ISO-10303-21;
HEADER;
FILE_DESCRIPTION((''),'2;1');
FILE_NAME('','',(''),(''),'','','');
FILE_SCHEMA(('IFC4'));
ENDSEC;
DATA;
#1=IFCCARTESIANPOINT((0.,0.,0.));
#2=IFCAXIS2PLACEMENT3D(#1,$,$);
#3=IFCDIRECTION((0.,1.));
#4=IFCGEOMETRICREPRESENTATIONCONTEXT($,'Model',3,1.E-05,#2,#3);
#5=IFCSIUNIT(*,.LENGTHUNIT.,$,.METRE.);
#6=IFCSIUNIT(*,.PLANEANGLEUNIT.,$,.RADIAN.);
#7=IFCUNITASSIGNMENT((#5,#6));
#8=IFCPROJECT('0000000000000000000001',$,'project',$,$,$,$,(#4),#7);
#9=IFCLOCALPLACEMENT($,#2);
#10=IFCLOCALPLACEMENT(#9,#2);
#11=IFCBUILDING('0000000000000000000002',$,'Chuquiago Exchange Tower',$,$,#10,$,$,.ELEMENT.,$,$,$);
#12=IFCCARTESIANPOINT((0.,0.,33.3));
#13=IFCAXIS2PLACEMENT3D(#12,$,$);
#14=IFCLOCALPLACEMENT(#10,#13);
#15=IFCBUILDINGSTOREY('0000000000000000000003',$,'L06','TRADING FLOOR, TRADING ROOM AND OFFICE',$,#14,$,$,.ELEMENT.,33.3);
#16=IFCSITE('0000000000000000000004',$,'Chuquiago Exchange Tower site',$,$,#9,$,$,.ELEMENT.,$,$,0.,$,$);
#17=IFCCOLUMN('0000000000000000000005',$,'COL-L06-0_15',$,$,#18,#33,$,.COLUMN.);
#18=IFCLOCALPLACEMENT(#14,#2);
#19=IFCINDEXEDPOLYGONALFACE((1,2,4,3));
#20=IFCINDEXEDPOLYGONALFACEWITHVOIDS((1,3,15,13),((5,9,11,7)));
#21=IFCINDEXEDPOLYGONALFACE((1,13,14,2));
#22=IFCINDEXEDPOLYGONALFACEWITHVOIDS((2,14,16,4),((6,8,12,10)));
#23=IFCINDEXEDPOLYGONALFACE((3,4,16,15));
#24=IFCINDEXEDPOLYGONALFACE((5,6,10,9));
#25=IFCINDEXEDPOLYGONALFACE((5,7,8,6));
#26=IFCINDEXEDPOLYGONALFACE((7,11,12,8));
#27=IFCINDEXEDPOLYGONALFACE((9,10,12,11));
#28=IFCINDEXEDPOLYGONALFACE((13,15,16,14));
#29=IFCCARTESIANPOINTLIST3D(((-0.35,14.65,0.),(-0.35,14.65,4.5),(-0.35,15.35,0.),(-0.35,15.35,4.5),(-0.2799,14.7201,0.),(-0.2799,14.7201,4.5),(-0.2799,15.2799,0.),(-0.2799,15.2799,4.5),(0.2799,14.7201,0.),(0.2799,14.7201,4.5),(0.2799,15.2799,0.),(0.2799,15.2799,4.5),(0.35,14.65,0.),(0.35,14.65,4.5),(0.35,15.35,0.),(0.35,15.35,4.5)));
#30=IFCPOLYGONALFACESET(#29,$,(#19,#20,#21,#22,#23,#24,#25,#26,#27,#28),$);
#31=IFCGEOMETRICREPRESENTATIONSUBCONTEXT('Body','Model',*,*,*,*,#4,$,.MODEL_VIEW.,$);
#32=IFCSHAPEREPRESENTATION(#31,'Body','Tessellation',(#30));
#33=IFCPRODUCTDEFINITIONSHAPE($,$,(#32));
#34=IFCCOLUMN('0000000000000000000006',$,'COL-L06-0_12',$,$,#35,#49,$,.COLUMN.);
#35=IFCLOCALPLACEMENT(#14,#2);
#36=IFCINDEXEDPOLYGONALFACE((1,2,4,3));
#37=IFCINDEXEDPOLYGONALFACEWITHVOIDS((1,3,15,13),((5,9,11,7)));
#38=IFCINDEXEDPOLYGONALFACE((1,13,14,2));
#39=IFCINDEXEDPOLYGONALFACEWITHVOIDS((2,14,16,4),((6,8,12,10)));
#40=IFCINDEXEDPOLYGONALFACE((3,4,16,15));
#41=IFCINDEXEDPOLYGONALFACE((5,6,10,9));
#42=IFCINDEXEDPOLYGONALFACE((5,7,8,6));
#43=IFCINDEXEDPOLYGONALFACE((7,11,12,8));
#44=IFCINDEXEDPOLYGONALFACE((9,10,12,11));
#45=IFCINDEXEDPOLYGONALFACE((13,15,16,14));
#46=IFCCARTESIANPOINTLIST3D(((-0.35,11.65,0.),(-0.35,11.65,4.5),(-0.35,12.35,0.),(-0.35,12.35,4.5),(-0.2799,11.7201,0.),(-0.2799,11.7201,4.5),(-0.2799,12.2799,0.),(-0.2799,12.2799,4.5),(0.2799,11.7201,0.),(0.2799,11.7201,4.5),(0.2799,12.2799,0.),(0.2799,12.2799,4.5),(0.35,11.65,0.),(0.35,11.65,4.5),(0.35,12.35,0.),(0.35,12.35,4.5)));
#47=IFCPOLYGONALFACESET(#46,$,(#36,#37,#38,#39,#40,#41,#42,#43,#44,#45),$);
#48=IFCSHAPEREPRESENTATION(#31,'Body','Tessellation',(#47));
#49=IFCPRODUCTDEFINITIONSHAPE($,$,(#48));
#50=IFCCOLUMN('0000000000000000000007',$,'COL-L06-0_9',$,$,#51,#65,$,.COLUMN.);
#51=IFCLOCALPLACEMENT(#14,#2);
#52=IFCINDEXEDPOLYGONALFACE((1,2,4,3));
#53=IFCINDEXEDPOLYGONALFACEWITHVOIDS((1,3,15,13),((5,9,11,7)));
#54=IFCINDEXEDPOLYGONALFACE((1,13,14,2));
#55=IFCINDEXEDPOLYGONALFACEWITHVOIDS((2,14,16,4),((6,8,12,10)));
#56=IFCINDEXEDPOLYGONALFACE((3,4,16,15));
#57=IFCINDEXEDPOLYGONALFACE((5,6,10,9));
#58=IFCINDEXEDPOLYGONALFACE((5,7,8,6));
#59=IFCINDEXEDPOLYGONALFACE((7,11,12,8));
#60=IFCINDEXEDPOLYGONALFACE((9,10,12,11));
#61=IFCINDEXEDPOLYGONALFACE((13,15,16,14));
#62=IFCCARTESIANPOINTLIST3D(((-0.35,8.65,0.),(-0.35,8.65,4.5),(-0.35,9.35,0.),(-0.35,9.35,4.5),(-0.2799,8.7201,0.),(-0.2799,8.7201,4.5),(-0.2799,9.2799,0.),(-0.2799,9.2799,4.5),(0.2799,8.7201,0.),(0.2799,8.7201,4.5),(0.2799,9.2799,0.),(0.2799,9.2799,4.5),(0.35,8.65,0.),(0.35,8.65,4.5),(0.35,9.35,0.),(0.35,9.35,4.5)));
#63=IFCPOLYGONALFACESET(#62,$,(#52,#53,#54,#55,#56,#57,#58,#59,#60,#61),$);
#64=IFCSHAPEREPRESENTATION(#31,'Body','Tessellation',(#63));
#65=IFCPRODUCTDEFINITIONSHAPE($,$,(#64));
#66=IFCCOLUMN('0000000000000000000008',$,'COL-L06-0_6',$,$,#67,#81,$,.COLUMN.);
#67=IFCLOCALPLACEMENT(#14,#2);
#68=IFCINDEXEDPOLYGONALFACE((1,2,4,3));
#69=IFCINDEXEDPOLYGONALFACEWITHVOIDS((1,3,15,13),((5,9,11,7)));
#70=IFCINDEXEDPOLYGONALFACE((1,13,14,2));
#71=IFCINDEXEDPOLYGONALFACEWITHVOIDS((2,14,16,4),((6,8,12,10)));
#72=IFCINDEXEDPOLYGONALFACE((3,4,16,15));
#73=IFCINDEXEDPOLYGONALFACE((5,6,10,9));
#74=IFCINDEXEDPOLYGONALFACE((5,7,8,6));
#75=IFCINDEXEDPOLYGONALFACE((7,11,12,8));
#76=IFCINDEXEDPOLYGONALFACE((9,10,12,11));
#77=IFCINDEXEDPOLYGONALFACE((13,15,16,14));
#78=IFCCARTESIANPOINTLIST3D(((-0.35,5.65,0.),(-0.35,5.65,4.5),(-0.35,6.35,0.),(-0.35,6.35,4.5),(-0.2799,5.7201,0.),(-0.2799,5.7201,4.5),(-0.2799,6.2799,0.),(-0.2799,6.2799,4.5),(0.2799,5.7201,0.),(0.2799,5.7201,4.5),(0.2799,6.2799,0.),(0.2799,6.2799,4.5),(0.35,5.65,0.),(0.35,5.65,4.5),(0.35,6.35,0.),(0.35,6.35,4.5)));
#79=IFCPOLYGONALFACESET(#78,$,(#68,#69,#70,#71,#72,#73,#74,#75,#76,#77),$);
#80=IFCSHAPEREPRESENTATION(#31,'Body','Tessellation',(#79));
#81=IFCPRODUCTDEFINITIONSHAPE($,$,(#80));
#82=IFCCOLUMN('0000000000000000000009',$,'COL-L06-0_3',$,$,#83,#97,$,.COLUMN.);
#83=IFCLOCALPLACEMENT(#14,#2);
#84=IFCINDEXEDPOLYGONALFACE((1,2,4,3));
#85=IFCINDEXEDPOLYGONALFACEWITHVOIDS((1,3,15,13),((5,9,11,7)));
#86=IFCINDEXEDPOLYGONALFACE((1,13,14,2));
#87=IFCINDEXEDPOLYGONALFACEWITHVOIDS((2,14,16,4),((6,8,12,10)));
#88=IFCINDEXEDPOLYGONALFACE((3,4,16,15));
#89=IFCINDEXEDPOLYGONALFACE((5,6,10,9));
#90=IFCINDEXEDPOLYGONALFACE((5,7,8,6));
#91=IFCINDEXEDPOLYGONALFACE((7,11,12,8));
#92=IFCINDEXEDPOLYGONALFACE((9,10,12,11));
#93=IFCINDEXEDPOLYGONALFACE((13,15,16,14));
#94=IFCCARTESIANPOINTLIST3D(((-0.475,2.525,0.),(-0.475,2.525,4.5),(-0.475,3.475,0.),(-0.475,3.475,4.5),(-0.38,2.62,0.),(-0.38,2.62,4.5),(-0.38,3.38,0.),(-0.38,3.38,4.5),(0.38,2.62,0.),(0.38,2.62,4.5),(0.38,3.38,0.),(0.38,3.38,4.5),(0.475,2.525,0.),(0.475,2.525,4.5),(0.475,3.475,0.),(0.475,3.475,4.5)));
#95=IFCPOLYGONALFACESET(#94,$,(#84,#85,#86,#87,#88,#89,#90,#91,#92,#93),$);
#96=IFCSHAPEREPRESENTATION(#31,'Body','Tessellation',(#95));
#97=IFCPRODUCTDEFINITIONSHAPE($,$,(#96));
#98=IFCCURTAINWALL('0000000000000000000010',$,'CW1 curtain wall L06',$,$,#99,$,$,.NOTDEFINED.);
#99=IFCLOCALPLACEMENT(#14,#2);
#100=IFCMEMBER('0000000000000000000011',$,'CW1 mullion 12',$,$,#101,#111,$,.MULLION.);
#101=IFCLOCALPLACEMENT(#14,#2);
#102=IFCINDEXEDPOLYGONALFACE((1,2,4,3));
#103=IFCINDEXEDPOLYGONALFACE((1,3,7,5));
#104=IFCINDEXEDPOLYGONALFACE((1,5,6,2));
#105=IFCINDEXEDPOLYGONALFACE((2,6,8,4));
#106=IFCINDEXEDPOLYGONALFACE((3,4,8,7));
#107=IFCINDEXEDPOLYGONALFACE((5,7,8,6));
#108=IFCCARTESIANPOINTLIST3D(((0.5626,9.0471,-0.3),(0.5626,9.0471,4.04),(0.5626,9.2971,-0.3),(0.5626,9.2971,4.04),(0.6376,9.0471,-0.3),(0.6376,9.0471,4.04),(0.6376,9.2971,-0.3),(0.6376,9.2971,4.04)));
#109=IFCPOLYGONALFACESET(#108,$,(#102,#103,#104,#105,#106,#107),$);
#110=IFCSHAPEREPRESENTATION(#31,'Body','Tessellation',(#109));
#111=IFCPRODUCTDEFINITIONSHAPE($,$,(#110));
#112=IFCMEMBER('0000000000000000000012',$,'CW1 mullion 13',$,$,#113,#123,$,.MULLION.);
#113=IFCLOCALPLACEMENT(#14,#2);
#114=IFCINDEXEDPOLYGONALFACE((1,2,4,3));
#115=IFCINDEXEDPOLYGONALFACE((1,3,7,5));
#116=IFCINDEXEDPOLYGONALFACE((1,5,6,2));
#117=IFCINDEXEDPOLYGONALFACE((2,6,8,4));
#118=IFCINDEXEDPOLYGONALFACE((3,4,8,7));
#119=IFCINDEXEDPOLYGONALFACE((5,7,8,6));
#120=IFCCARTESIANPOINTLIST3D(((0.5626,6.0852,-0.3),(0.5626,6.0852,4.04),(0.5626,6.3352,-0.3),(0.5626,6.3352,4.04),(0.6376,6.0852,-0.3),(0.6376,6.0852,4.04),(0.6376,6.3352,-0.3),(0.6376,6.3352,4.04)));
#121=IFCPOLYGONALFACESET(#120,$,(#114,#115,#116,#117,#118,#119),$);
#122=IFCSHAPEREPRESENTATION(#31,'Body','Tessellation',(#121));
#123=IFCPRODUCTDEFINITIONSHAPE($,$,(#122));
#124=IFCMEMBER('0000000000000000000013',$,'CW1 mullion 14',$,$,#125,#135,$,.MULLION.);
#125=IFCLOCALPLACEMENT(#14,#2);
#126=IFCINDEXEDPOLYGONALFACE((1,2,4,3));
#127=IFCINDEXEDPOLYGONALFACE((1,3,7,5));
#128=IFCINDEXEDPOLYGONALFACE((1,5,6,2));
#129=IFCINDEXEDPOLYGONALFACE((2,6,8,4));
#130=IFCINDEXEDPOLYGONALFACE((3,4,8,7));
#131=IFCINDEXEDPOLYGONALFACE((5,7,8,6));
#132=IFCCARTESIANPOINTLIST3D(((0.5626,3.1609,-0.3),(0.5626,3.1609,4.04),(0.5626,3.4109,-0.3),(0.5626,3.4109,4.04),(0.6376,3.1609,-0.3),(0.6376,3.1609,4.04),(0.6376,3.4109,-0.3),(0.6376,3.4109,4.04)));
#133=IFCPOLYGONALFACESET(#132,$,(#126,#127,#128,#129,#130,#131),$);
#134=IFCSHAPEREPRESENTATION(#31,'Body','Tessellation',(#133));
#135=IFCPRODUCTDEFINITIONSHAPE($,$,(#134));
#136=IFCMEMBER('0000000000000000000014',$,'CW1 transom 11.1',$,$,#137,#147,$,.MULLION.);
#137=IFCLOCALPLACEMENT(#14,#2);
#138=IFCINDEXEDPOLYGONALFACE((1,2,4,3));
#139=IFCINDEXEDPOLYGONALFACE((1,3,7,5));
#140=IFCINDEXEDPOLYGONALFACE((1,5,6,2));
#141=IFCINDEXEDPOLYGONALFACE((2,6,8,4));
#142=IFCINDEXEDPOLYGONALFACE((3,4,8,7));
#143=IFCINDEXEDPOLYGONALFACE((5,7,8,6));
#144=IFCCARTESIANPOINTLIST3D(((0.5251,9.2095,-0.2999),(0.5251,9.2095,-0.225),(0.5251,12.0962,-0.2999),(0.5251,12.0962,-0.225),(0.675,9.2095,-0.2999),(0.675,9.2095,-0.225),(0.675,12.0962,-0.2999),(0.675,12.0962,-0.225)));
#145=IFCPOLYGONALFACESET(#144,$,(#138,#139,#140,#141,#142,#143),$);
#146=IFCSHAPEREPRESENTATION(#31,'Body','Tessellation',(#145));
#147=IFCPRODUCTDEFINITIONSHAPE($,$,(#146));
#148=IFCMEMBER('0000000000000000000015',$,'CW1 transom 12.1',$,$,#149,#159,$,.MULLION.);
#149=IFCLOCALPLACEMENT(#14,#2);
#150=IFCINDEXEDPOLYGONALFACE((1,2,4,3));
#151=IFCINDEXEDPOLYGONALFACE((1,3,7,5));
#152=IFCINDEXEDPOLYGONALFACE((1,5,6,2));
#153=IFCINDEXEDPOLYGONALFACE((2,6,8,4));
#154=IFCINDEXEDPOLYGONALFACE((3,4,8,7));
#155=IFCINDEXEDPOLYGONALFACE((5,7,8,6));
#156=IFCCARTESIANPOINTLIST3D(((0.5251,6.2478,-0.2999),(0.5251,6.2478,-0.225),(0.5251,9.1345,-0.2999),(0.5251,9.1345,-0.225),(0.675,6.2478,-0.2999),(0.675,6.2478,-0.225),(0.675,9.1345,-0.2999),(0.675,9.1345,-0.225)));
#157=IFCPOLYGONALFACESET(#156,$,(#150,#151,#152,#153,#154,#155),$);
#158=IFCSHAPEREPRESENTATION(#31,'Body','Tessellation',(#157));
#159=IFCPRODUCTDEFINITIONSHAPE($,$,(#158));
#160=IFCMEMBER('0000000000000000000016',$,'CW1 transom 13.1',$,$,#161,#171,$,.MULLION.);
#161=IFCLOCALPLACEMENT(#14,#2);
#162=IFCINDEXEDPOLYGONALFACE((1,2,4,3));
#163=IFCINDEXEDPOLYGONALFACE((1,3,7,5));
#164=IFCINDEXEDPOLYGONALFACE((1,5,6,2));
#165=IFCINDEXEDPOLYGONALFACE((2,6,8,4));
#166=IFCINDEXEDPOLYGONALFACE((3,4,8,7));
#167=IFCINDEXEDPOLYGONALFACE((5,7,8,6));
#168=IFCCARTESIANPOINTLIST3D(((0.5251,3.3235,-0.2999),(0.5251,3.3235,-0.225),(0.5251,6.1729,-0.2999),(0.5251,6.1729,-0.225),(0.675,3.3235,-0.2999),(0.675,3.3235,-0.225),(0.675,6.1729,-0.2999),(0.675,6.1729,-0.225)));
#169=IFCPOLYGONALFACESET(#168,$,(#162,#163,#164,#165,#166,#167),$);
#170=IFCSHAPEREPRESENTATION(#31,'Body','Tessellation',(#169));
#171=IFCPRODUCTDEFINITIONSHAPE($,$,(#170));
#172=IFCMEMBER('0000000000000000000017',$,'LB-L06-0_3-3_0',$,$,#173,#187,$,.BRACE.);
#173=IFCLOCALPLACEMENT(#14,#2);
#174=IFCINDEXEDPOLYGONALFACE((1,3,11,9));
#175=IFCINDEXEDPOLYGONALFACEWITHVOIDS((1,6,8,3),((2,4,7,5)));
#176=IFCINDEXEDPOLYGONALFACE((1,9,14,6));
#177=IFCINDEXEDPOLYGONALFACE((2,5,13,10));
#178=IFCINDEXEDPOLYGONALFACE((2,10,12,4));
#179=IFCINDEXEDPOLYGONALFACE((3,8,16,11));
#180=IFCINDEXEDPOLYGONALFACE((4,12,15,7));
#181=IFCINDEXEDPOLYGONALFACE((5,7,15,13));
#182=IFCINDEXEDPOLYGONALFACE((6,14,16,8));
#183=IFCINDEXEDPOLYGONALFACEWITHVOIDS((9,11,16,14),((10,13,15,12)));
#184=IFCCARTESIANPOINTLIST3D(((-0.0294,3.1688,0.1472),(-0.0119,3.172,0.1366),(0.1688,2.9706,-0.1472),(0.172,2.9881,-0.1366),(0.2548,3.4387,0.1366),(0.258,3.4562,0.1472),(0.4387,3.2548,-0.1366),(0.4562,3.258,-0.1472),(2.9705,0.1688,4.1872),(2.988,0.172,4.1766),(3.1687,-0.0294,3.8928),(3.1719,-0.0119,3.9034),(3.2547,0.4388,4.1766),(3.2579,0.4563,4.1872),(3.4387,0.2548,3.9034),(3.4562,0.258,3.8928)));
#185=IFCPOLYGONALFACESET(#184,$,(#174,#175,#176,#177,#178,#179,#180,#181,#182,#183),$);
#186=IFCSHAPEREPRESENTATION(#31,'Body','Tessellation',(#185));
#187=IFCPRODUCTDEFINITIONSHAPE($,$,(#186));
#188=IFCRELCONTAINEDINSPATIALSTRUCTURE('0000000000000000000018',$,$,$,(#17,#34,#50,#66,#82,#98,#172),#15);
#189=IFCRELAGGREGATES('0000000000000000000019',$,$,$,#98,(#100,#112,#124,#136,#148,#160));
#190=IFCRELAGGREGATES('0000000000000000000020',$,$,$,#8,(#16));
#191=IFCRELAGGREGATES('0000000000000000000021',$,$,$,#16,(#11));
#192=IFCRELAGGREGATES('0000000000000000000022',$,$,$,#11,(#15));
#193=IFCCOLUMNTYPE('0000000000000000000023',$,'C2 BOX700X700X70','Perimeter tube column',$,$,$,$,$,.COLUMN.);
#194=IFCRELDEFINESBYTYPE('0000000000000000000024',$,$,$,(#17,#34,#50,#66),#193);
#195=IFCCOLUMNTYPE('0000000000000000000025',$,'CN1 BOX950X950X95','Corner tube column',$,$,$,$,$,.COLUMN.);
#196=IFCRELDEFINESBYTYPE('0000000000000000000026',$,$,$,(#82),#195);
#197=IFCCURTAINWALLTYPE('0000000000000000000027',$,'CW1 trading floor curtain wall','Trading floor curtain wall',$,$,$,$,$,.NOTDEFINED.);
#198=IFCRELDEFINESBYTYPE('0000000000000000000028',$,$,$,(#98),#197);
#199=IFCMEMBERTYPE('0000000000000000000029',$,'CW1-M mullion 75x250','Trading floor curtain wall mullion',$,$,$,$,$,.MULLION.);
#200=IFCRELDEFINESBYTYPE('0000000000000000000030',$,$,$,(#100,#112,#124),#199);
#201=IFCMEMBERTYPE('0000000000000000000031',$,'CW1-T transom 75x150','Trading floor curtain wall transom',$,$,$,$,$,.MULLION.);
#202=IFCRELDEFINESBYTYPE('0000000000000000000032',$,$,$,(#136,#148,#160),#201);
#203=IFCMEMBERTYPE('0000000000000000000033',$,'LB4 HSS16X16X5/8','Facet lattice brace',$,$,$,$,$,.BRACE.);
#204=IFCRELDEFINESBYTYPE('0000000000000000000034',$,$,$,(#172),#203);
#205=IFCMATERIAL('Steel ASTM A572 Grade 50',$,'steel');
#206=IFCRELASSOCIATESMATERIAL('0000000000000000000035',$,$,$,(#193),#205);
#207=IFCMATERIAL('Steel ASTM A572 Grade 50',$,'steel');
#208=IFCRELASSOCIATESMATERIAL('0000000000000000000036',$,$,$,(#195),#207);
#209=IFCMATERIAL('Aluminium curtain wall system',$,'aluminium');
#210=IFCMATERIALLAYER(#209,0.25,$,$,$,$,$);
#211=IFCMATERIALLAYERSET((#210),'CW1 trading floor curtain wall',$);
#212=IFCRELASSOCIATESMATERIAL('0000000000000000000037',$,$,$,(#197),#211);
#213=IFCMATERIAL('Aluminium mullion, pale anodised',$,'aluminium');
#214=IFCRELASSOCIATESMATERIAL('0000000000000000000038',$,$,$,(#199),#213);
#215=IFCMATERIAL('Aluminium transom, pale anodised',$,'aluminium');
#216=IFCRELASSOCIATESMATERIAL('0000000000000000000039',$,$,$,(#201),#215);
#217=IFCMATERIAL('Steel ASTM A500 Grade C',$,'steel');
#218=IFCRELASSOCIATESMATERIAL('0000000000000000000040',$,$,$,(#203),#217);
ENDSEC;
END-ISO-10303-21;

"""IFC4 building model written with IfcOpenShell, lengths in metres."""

from ifc_helpers import new_model, si_unit, direction, frame, origin, origin_2d, place, context, subcontext, project, spatial, rectangle, hollow_rectangle, extrude, material, layer, layer_set, material_profile, profile_set, type_object, element, aggregate, save


model = new_model("IFC4")

# Units and contexts
model_context = context("Model", 3, precision=1e-05, world=origin(), true_north=direction((0.0, 1.0)))
body_context = subcontext(model_context, "Body", "Model", "MODEL_VIEW")
ifc_project = project(units=[si_unit("LENGTHUNIT", "METRE"), si_unit("PLANEANGLEUNIT", "RADIAN")], contexts=[model_context])

# Site, building, storey
site_placement = place(None, origin())
site = spatial("IfcSite", under=ifc_project, at=site_placement, Name="Chuquiago Exchange Tower site", CompositionType="ELEMENT", RefElevation=0.0)
building_placement = place(site_placement, origin())
building = spatial("IfcBuilding", under=site, at=building_placement, Name="Chuquiago Exchange Tower", CompositionType="ELEMENT")
storey_placement = place(building_placement, frame((0.0, 0.0, 33.3)))
storey = spatial("IfcBuildingStorey", under=building, at=storey_placement, Name="L06", Description="TRADING FLOOR, TRADING ROOM AND OFFICE", CompositionType="ELEMENT", Elevation=33.3)

# Columns
ifc_material_1 = material(Name="Steel ASTM A572 Grade 50", Category="steel")
ifc_material_profile_1 = material_profile(ifc_material_1, hollow_rectangle(XDim=0.7, YDim=0.7, WallThickness=0.0701, at=origin_2d()), Name="BOX700X700X70")
ifc_profile_set_1 = profile_set([ifc_material_profile_1], Name="Steel ASTM A572 Grade 50")
column_type_1 = type_object("IfcColumnType", Name="C2 BOX700X700X70", Description="Perimeter tube column", PredefinedType="COLUMN", material=ifc_profile_set_1)
for number, where, z_axis, x_axis, name in (
    (1, (0.0, 15.0, 0.0), (0.0, 0.0, 1.0), (-1.0, 0.0, 0.0), "COL-L06-0_15"),
    (2, (0.0, 12.0, 0.0), (0.0, 0.0, 1.0), (-1.0, 0.0, 0.0), "COL-L06-0_12"),
    (3, (0.0, 9.0, 0.0), (0.0, 0.0, 1.0), (-1.0, 0.0, 0.0), "COL-L06-0_9"),
    (4, (0.0, 6.0, 0.0), (0.0, 0.0, 1.0), (-1.0, 0.0, 0.0), "COL-L06-0_6"),
):
    element("IfcColumn", number, at=place(storey_placement, frame(where, z_axis=z_axis, x_axis=x_axis)), inside=storey, type_object=column_type_1, Name=name, PredefinedType="COLUMN", context=body_context, shape_type="SweptSolid", body=[
        extrude(hollow_rectangle(XDim=0.7, YDim=0.7, WallThickness=0.0701, at=origin_2d()), origin(), (0.0, 0.0, 1.0), 4.5),
    ])
ifc_material_2 = material(Name="Steel ASTM A572 Grade 50", Category="steel")
ifc_material_profile_2 = material_profile(ifc_material_2, hollow_rectangle(XDim=0.95, YDim=0.95, WallThickness=0.095, at=origin_2d()), Name="BOX950X950X95")
ifc_profile_set_2 = profile_set([ifc_material_profile_2], Name="Steel ASTM A572 Grade 50")
column_type_2 = type_object("IfcColumnType", Name="CN1 BOX950X950X95", Description="Corner tube column", PredefinedType="COLUMN", material=ifc_profile_set_2)
column_placement = place(storey_placement, frame((0.0, 3.0, 0.0), z_axis=(0.0, 0.0, 1.0), x_axis=(-1.0, 0.0, 0.0)))
element("IfcColumn", 5, at=column_placement, inside=storey, type_object=column_type_2, Name="COL-L06-0_3", PredefinedType="COLUMN", context=body_context, shape_type="SweptSolid", body=[
    extrude(hollow_rectangle(XDim=0.95, YDim=0.95, WallThickness=0.095, at=origin_2d()), origin(), (0.0, 0.0, 1.0), 4.5),
])

# Curtain wall, members
ifc_material_3 = material(Name="Aluminium curtain wall system", Category="aluminium")
ifc_layer_1 = layer(ifc_material_3, 0.25)
ifc_layer_set_1 = layer_set([ifc_layer_1], Name="CW1 trading floor curtain wall")
curtain_wall_type = type_object("IfcCurtainWallType", Name="CW1 trading floor curtain wall", Description="Trading floor curtain wall", PredefinedType="NOTDEFINED", material=ifc_layer_set_1)
curtain_wall_placement = place(storey_placement, origin())
curtain_wall = element("IfcCurtainWall", 6, at=curtain_wall_placement, inside=storey, type_object=curtain_wall_type, Name="CW1 curtain wall L06", PredefinedType="NOTDEFINED")
ifc_material_4 = material(Name="Aluminium mullion, pale anodised", Category="aluminium")
ifc_material_profile_3 = material_profile(ifc_material_4, rectangle(XDim=0.075, YDim=0.25, at=origin_2d()), Name="AL 75x250")
ifc_profile_set_3 = profile_set([ifc_material_profile_3], Name="Aluminium mullion, pale anodised")
member_type_1 = type_object("IfcMemberType", Name="CW1-M mullion 75x250", Description="Trading floor curtain wall mullion", PredefinedType="MULLION", material=ifc_profile_set_3)
member_1_placement = place(storey_placement, frame((0.6001, 9.1721, -0.3), z_axis=(0.0, 0.0, 1.0), x_axis=(1.0, 0.0, 0.0)))
member_1 = element("IfcMember", 7, at=member_1_placement, type_object=member_type_1, Name="CW1 mullion 12", PredefinedType="MULLION", context=body_context, shape_type="SweptSolid", body=[
    extrude(rectangle(XDim=0.075, YDim=0.25, at=origin_2d()), origin(), (0.0, 0.0, 1.0), 4.3401),
])
member_2_placement = place(storey_placement, frame((0.6001, 6.2102, -0.3), z_axis=(0.0, 0.0, 1.0), x_axis=(1.0, 0.0, 0.0)))
member_2 = element("IfcMember", 8, at=member_2_placement, type_object=member_type_1, Name="CW1 mullion 13", PredefinedType="MULLION", context=body_context, shape_type="SweptSolid", body=[
    extrude(rectangle(XDim=0.075, YDim=0.25, at=origin_2d()), origin(), (0.0, 0.0, 1.0), 4.3401),
])
member_3_placement = place(storey_placement, frame((0.6001, 3.2859, -0.3), z_axis=(0.0, 0.0, 1.0), x_axis=(1.0, 0.0, 0.0)))
member_3 = element("IfcMember", 9, at=member_3_placement, type_object=member_type_1, Name="CW1 mullion 14", PredefinedType="MULLION", context=body_context, shape_type="SweptSolid", body=[
    extrude(rectangle(XDim=0.075, YDim=0.25, at=origin_2d()), origin(), (0.0, 0.0, 1.0), 4.3401),
])
ifc_material_5 = material(Name="Aluminium transom, pale anodised", Category="aluminium")
ifc_material_profile_4 = material_profile(ifc_material_5, rectangle(XDim=0.1499, YDim=0.075, at=origin_2d()), Name="AL 150x75")
ifc_profile_set_4 = profile_set([ifc_material_profile_4], Name="Aluminium transom, pale anodised")
member_type_2 = type_object("IfcMemberType", Name="CW1-T transom 75x150", Description="Trading floor curtain wall transom", PredefinedType="MULLION", material=ifc_profile_set_4)
member_4_placement = place(storey_placement, frame((0.6001, 12.0962, -0.2625), z_axis=(0.0, -1.0, 0.0), x_axis=(1.0, 0.0, 0.0)))
member_4 = element("IfcMember", 10, at=member_4_placement, type_object=member_type_2, Name="CW1 transom 11.1", PredefinedType="MULLION", context=body_context, shape_type="SweptSolid", body=[
    extrude(rectangle(XDim=0.1499, YDim=0.075, at=origin_2d()), origin(), (0.0, 0.0, 1.0), 2.8867),
])
member_5_placement = place(storey_placement, frame((0.6001, 9.1345, -0.2625), z_axis=(0.0, -1.0, 0.0), x_axis=(1.0, 0.0, 0.0)))
member_5 = element("IfcMember", 11, at=member_5_placement, type_object=member_type_2, Name="CW1 transom 12.1", PredefinedType="MULLION", context=body_context, shape_type="SweptSolid", body=[
    extrude(rectangle(XDim=0.1499, YDim=0.075, at=origin_2d()), origin(), (0.0, 0.0, 1.0), 2.8867),
])
member_6_placement = place(storey_placement, frame((0.6001, 6.1729, -0.2625), z_axis=(0.0, -1.0, 0.0), x_axis=(1.0, 0.0, 0.0)))
member_6 = element("IfcMember", 12, at=member_6_placement, type_object=member_type_2, Name="CW1 transom 13.1", PredefinedType="MULLION", context=body_context, shape_type="SweptSolid", body=[
    extrude(rectangle(XDim=0.1499, YDim=0.075, at=origin_2d()), origin(), (0.0, 0.0, 1.0), 2.8494),
])

# Member
ifc_material_6 = material(Name="Steel ASTM A500 Grade C", Category="steel")
ifc_material_profile_5 = material_profile(ifc_material_6, hollow_rectangle(XDim=0.4065, YDim=0.4065, WallThickness=0.0146, at=origin_2d()), Name="HSS16X16X5/8")
ifc_profile_set_5 = profile_set([ifc_material_profile_5], Name="Steel ASTM A500 Grade C")
member_type_3 = type_object("IfcMemberType", Name="LB4 HSS16X16X5/8", Description="Facet lattice brace", PredefinedType="BRACE", material=ifc_profile_set_5)
member_7_placement = place(storey_placement, frame((0.2134, 3.2134, 0.0), z_axis=(0.512077, -0.512077, 0.689604), x_axis=(0.707107, 0.707107, 0.0)))
element("IfcMember", 13, at=member_7_placement, inside=storey, type_object=member_type_3, Name="LB-L06-0_3-3_0", PredefinedType="BRACE", context=body_context, shape_type="SweptSolid", body=[
    extrude(hollow_rectangle(XDim=0.4065, YDim=0.4065, WallThickness=0.0146, at=origin_2d()), origin(), (0.0, 0.0, 1.0), 5.8584),
])

aggregate(curtain_wall, [member_1, member_2, member_3, member_4, member_5, member_6])

save(model, "model.ifc")
